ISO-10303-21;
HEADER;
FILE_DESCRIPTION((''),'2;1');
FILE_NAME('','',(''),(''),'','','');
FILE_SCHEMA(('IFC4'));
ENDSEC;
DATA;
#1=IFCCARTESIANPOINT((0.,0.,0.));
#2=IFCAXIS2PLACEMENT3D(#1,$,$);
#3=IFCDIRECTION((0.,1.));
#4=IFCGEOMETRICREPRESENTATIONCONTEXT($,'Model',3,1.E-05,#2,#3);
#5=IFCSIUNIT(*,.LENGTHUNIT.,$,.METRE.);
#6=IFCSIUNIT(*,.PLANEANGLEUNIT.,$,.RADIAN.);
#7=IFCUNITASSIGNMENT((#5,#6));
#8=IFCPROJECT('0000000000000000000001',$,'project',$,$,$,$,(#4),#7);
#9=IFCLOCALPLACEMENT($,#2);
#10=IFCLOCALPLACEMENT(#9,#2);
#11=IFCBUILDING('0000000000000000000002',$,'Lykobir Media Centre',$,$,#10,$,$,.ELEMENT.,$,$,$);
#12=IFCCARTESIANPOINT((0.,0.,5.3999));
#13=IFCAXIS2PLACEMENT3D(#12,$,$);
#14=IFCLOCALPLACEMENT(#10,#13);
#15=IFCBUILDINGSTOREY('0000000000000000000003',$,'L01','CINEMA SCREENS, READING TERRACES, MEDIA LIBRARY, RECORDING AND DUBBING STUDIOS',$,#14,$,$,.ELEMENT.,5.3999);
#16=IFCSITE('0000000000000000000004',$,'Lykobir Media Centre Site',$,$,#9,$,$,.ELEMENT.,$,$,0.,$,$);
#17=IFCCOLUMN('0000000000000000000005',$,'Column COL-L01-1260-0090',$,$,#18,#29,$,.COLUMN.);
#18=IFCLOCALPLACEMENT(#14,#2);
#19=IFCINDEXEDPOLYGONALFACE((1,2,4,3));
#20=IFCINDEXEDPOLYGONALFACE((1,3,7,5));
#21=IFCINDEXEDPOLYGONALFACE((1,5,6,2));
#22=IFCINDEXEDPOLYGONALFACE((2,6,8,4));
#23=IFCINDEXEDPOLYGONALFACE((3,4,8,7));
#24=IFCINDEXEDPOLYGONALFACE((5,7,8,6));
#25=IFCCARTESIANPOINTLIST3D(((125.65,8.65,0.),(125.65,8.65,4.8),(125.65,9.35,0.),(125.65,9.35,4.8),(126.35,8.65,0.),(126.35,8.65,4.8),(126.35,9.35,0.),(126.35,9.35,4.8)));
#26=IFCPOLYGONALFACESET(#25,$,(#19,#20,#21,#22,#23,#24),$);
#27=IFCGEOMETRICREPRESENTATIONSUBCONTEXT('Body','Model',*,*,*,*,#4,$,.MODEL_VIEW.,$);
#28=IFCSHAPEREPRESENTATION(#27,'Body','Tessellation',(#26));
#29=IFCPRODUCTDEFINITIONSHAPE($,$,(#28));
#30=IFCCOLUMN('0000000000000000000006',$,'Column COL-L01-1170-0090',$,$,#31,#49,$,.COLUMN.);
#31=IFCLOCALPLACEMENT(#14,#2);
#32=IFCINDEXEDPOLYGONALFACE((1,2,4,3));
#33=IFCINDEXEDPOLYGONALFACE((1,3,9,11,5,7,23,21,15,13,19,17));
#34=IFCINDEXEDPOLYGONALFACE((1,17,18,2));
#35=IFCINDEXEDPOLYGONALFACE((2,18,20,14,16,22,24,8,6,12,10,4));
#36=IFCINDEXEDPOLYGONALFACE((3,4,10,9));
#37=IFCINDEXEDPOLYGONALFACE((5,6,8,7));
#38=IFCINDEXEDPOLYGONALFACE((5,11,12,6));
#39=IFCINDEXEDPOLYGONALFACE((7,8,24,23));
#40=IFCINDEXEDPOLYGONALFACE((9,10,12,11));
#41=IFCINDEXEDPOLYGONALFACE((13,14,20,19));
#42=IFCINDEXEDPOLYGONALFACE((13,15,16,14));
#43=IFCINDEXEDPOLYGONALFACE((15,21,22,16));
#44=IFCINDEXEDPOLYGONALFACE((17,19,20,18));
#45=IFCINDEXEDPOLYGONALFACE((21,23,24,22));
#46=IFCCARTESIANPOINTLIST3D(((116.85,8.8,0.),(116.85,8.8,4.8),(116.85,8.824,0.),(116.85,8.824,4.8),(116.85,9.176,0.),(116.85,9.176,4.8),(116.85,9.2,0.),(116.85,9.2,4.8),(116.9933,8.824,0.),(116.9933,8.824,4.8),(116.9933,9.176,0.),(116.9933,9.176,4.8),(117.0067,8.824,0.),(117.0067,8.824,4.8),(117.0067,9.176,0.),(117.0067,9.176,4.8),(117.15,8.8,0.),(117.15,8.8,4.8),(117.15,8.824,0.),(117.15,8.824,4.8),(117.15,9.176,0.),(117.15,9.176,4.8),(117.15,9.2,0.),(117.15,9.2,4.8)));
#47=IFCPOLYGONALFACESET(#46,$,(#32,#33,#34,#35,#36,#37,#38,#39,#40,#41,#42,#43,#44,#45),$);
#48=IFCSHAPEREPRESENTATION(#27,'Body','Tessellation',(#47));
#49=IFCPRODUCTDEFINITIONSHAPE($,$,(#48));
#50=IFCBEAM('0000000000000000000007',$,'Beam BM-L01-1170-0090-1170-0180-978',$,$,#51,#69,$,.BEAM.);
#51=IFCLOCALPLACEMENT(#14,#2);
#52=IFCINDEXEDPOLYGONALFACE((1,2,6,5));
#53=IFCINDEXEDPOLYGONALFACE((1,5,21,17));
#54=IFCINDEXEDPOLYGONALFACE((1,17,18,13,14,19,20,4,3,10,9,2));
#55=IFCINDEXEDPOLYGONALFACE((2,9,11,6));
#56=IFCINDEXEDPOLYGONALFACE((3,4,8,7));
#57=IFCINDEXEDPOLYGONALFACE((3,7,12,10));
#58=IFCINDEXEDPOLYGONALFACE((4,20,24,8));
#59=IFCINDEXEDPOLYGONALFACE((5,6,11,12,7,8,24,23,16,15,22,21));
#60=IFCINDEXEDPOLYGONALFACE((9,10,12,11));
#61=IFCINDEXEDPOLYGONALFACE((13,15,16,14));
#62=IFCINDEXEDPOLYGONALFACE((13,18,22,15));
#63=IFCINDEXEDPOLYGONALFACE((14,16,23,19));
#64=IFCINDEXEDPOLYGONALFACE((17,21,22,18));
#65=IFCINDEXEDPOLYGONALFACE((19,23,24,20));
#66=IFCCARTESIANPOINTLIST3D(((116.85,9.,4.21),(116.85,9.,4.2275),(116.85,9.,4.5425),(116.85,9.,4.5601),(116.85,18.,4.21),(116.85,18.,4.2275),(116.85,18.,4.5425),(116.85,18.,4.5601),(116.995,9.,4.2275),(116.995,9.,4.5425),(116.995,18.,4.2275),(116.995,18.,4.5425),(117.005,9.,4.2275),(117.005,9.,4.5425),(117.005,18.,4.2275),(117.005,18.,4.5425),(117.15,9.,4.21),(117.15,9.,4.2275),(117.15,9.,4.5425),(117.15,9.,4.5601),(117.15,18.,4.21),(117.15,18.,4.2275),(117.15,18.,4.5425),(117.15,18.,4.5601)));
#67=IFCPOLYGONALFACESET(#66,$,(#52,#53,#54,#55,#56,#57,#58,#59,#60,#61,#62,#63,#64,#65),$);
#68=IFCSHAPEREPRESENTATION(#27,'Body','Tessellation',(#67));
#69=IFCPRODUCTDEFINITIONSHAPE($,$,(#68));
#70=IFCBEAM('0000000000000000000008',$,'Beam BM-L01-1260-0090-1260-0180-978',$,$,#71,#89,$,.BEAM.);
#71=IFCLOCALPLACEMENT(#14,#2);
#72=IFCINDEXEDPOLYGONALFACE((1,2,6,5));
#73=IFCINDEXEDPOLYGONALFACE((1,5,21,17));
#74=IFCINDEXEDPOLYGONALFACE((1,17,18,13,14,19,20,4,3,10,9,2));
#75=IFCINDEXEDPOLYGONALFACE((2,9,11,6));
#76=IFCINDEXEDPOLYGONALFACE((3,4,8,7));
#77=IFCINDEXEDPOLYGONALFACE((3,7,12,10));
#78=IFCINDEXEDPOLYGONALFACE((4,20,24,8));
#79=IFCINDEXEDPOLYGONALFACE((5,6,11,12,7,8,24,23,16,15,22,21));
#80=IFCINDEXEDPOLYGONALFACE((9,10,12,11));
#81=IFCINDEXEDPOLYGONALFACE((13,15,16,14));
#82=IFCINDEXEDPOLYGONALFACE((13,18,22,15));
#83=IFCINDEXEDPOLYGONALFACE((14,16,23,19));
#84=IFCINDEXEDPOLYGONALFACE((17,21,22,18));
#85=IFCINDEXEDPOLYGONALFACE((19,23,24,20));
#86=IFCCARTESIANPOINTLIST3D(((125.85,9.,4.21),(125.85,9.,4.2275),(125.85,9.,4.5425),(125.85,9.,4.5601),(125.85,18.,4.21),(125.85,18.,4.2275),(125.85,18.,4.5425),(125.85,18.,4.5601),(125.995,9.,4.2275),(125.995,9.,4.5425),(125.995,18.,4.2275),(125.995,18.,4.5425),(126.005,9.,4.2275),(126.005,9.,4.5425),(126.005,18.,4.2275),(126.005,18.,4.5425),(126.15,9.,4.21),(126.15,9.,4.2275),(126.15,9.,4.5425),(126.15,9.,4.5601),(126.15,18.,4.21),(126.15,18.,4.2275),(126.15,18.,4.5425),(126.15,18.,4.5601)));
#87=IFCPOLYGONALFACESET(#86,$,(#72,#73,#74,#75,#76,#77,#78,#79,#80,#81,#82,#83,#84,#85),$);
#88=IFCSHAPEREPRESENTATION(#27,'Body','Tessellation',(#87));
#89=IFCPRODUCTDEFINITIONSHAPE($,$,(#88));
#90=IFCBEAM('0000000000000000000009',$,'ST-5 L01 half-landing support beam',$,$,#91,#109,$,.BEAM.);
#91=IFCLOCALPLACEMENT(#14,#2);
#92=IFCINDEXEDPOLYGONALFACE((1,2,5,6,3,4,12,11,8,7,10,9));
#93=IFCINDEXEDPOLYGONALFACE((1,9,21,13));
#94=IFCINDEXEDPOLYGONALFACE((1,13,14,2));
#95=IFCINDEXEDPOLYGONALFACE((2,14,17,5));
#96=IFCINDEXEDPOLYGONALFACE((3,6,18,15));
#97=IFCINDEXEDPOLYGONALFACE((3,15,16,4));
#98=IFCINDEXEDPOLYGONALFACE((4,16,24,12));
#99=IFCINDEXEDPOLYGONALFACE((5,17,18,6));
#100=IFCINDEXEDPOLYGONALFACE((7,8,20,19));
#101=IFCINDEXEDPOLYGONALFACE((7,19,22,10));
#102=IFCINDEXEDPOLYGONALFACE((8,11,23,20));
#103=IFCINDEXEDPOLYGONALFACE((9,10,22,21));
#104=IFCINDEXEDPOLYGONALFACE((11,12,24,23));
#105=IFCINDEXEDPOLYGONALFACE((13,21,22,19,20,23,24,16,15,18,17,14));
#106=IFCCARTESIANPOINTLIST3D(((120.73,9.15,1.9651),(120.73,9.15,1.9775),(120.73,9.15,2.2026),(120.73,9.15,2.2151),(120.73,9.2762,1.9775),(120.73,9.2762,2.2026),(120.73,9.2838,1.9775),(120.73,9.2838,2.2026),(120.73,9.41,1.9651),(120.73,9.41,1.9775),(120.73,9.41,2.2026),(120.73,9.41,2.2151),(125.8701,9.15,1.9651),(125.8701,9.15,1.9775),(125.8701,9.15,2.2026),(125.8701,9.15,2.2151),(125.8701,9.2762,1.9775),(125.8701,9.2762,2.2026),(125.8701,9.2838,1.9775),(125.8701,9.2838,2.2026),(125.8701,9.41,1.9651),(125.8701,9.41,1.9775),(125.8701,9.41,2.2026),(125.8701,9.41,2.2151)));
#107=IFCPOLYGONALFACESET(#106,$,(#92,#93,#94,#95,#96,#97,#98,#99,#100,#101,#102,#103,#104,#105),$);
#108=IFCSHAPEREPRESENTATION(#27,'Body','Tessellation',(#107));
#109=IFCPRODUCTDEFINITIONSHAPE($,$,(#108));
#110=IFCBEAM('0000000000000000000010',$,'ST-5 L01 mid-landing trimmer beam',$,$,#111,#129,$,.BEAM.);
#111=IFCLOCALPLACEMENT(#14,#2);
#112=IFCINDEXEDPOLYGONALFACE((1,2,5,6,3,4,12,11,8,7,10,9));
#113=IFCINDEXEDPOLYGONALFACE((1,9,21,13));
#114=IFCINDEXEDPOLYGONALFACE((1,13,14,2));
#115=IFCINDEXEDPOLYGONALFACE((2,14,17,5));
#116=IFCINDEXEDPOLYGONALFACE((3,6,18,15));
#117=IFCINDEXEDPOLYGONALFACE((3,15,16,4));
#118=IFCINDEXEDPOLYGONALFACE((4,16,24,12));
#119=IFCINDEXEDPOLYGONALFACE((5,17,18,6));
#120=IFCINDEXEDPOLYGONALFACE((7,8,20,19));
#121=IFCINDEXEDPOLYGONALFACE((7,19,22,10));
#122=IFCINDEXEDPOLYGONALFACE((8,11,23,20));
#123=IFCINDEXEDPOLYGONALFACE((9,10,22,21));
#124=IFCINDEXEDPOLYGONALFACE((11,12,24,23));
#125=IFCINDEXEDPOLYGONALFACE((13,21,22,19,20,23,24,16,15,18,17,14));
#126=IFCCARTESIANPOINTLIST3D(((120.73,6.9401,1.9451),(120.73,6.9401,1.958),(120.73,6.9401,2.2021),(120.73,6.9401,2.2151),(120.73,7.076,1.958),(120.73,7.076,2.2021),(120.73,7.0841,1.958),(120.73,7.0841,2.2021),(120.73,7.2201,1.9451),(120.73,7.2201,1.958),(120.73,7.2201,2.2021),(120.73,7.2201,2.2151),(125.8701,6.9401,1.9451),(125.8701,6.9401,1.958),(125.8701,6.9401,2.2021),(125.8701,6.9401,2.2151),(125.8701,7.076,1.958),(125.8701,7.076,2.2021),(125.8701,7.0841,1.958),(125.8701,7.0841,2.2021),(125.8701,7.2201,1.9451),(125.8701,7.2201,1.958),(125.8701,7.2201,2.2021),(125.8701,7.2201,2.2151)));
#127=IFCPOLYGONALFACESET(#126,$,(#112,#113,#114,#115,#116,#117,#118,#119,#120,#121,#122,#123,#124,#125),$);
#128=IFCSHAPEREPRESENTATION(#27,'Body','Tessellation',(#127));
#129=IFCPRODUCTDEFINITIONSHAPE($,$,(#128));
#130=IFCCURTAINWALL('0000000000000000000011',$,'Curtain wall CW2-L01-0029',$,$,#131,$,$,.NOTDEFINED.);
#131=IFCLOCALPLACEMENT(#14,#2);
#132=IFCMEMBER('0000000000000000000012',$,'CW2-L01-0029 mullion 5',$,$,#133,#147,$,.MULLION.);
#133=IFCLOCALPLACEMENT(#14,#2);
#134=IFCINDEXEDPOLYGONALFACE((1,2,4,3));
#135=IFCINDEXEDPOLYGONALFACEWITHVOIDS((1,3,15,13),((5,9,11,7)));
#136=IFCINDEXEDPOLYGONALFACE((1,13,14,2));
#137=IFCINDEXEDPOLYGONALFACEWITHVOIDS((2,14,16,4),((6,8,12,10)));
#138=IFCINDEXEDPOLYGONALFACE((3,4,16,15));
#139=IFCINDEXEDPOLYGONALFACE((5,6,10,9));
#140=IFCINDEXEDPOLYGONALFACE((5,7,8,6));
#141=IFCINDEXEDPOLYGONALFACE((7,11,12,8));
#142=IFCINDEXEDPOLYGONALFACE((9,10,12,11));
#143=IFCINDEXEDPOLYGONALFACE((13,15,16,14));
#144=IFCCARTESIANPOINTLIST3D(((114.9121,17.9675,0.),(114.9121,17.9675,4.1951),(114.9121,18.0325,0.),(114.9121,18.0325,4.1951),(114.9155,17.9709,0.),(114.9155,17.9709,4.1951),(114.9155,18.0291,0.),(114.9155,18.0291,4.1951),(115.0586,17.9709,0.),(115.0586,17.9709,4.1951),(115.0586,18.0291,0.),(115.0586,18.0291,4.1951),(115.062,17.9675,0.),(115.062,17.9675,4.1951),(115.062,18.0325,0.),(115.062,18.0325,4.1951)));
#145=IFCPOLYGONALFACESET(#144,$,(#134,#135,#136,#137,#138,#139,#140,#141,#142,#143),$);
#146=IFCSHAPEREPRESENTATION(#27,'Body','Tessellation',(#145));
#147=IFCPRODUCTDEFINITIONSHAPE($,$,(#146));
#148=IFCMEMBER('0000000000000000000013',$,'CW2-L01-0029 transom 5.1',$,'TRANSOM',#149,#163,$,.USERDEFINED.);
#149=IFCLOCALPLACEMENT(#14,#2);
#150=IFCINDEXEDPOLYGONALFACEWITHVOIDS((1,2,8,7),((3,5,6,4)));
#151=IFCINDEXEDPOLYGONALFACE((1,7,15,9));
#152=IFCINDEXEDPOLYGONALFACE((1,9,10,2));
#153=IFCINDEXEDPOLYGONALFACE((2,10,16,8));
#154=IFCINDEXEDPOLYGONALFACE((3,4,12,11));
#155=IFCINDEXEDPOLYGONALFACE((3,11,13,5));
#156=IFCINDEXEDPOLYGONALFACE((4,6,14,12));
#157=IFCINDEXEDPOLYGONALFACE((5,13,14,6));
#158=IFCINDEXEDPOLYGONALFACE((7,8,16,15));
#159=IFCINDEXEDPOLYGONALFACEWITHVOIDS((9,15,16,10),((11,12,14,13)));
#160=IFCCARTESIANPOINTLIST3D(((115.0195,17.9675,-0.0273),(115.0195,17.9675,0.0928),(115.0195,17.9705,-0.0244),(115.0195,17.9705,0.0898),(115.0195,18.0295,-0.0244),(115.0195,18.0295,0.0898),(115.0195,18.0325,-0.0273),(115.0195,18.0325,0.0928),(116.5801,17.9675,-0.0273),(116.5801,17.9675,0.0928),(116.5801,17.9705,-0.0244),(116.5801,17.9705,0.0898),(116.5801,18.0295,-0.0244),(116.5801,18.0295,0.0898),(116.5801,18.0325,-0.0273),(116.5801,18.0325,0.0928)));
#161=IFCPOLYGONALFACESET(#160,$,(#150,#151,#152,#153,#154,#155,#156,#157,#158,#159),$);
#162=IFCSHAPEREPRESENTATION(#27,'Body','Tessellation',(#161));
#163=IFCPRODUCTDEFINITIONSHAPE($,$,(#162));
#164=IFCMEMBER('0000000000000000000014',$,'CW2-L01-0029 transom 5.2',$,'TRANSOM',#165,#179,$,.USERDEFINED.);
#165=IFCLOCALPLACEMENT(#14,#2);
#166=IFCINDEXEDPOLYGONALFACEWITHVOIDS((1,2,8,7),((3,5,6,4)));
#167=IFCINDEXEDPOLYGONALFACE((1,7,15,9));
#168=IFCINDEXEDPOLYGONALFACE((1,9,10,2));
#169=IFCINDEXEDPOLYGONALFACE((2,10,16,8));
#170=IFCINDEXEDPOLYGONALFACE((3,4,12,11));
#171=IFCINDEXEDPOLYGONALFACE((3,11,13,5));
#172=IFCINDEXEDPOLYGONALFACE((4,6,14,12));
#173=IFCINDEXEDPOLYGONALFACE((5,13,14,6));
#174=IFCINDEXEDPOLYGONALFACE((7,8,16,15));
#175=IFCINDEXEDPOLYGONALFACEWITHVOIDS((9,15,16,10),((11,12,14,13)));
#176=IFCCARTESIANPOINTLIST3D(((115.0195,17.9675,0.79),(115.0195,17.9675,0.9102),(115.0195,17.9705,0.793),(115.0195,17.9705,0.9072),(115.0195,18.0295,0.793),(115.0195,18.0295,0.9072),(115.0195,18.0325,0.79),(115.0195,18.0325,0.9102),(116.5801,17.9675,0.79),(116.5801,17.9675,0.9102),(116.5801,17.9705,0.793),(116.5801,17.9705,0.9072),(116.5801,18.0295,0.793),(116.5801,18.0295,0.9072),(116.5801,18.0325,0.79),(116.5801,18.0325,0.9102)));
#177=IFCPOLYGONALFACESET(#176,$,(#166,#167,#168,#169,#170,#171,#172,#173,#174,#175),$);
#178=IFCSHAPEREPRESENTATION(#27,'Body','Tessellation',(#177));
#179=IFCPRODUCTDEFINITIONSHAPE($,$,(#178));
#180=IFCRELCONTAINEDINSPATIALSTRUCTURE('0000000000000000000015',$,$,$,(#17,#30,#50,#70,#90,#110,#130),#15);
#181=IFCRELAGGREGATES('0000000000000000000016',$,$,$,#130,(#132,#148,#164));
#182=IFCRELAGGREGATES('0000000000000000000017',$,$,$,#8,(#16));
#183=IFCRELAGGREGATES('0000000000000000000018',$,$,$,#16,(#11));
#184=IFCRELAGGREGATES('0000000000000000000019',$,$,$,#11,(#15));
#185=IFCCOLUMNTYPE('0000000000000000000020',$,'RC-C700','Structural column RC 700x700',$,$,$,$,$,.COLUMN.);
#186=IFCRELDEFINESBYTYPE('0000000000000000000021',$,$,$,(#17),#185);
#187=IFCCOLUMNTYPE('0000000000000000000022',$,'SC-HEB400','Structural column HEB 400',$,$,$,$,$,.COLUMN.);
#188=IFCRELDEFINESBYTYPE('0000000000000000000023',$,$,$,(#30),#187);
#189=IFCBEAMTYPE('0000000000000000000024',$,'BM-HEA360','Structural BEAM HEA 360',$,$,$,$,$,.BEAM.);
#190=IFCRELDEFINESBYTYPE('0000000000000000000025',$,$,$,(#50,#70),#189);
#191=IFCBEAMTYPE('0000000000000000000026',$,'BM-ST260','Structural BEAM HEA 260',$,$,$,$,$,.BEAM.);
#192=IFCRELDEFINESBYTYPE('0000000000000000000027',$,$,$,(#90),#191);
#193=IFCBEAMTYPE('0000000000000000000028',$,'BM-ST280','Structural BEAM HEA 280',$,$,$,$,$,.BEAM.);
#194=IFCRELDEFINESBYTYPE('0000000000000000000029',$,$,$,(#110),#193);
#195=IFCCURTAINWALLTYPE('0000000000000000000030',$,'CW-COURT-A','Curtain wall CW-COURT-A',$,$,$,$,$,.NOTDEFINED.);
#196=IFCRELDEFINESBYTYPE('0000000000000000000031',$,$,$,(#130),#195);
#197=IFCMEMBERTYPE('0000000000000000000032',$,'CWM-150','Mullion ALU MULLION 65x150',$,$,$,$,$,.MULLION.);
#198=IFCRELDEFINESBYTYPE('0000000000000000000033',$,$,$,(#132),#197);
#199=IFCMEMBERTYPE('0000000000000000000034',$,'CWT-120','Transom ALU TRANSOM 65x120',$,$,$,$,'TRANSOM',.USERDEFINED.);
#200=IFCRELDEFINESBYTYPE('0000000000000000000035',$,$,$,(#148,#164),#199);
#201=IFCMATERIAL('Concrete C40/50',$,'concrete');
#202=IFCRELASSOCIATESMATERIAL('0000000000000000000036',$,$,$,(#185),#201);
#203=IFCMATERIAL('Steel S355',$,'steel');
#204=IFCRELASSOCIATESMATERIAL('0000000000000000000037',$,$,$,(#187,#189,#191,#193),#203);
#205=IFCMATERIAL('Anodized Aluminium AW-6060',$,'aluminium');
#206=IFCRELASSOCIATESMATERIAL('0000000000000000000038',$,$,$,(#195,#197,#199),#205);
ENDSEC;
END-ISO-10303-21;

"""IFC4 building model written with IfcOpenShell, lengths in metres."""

from ifc_helpers import new_model, si_unit, direction, frame, origin, origin_2d, place, context, subcontext, project, spatial, rectangle, hollow_rectangle, i_section, extrude, material, material_profile, profile_set, type_object, element, aggregate, save


model = new_model("IFC4")

# Units and contexts
model_context = context("Model", 3, precision=1e-05, world=origin(), true_north=direction((0.0, 1.0)))
body_context = subcontext(model_context, "Body", "Model", "MODEL_VIEW")
ifc_project = project(units=[si_unit("LENGTHUNIT", "METRE"), si_unit("PLANEANGLEUNIT", "RADIAN")], contexts=[model_context])

# Site, building, storey
site_placement = place(None, origin())
site = spatial("IfcSite", under=ifc_project, at=site_placement, Name="Lykobir Media Centre Site", CompositionType="ELEMENT", RefElevation=0.0)
building_placement = place(site_placement, origin())
building = spatial("IfcBuilding", under=site, at=building_placement, Name="Lykobir Media Centre", CompositionType="ELEMENT")
storey_placement = place(building_placement, frame((0.0, 0.0, 5.3999)))
storey = spatial("IfcBuildingStorey", under=building, at=storey_placement, Name="L01", Description="CINEMA SCREENS, READING TERRACES, MEDIA LIBRARY, RECORDING AND DUBBING STUDIOS", CompositionType="ELEMENT", Elevation=5.3999)

# Columns
ifc_material_1 = material(Name="Concrete C40/50", Category="concrete")
ifc_material_profile_1 = material_profile(ifc_material_1, rectangle(XDim=0.7, YDim=0.7, at=origin_2d()), Name="RC 700x700")
ifc_profile_set_1 = profile_set([ifc_material_profile_1], Name="Concrete C40/50")
column_type_1 = type_object("IfcColumnType", Name="RC-C700", Description="Structural column RC 700x700", PredefinedType="COLUMN", material=ifc_profile_set_1)
column_1_placement = place(storey_placement, frame((126.0, 9.0, 0.0), z_axis=(0.0, 0.0, 1.0), x_axis=(1.0, 0.0, 0.0)))
element("IfcColumn", 1, at=column_1_placement, inside=storey, type_object=column_type_1, Name="Column COL-L01-1260-0090", PredefinedType="COLUMN", context=body_context, shape_type="SweptSolid", body=[
    extrude(rectangle(XDim=0.7, YDim=0.7, at=origin_2d()), origin(), (0.0, 0.0, 1.0), 4.8),
])
ifc_material_2 = material(Name="Steel S355", Category="steel")
ifc_material_profile_2 = material_profile(ifc_material_2, i_section(OverallWidth=0.3, OverallDepth=0.3999, WebThickness=0.0134, FlangeThickness=0.0239, at=origin_2d()), Name="HEB 400")
ifc_profile_set_2 = profile_set([ifc_material_profile_2], Name="Steel S355")
column_type_2 = type_object("IfcColumnType", Name="SC-HEB400", Description="Structural column HEB 400", PredefinedType="COLUMN", material=ifc_profile_set_2)
column_2_placement = place(storey_placement, frame((117.0, 9.0, 0.0), z_axis=(0.0, 0.0, 1.0), x_axis=(1.0, 0.0, 0.0)))
element("IfcColumn", 2, at=column_2_placement, inside=storey, type_object=column_type_2, Name="Column COL-L01-1170-0090", PredefinedType="COLUMN", context=body_context, shape_type="SweptSolid", body=[
    extrude(i_section(OverallWidth=0.3, OverallDepth=0.3999, WebThickness=0.0134, FlangeThickness=0.0239, at=origin_2d()), origin(), (0.0, 0.0, 1.0), 4.8),
])

# Beams
ifc_material_profile_3 = material_profile(ifc_material_2, i_section(OverallWidth=0.3, OverallDepth=0.3501, WebThickness=0.01, FlangeThickness=0.0176, at=origin_2d()), Name="HEA 360")
ifc_profile_set_3 = profile_set([ifc_material_profile_3], Name="Steel S355")
beam_type_1 = type_object("IfcBeamType", Name="BM-HEA360", Description="Structural BEAM HEA 360", PredefinedType="BEAM", material=ifc_profile_set_3)
for number, where, z_axis, x_axis, name in (
    (3, (117.0, 9.0, 4.385), (0.0, 1.0, 0.0), (-1.0, 0.0, 0.0), "Beam BM-L01-1170-0090-1170-0180-978"),
    (4, (126.0, 9.0, 4.385), (0.0, 1.0, 0.0), (-1.0, 0.0, 0.0), "Beam BM-L01-1260-0090-1260-0180-978"),
):
    element("IfcBeam", number, at=place(storey_placement, frame(where, z_axis=z_axis, x_axis=x_axis)), inside=storey, type_object=beam_type_1, Name=name, PredefinedType="BEAM", context=body_context, shape_type="SweptSolid", body=[
        extrude(i_section(OverallWidth=0.3, OverallDepth=0.3501, WebThickness=0.01, FlangeThickness=0.0176, at=origin_2d()), origin(), (0.0, 0.0, 1.0), 9.0),
    ])
ifc_material_profile_4 = material_profile(ifc_material_2, i_section(OverallWidth=0.26, OverallDepth=0.25, WebThickness=0.0076, FlangeThickness=0.0125, at=origin_2d()), Name="HEA 260")
ifc_profile_set_4 = profile_set([ifc_material_profile_4], Name="Steel S355")
beam_type_2 = type_object("IfcBeamType", Name="BM-ST260", Description="Structural BEAM HEA 260", PredefinedType="BEAM", material=ifc_profile_set_4)
beam_1_placement = place(storey_placement, frame((120.73, 9.28, 2.0901), z_axis=(1.0, 0.0, 0.0), x_axis=(0.0, 1.0, 0.0)))
element("IfcBeam", 5, at=beam_1_placement, inside=storey, type_object=beam_type_2, Name="ST-5 L01 half-landing support beam", PredefinedType="BEAM", context=body_context, shape_type="SweptSolid", body=[
    extrude(i_section(OverallWidth=0.26, OverallDepth=0.25, WebThickness=0.0076, FlangeThickness=0.0125, at=origin_2d()), origin(), (0.0, 0.0, 1.0), 5.1401),
])
ifc_material_profile_5 = material_profile(ifc_material_2, i_section(OverallWidth=0.28, OverallDepth=0.27, WebThickness=0.0081, FlangeThickness=0.0129, at=origin_2d()), Name="HEA 280")
ifc_profile_set_5 = profile_set([ifc_material_profile_5], Name="Steel S355")
beam_type_3 = type_object("IfcBeamType", Name="BM-ST280", Description="Structural BEAM HEA 280", PredefinedType="BEAM", material=ifc_profile_set_5)
beam_2_placement = place(storey_placement, frame((120.73, 7.0801, 2.0801), z_axis=(1.0, 0.0, 0.0), x_axis=(0.0, 1.0, 0.0)))
element("IfcBeam", 6, at=beam_2_placement, inside=storey, type_object=beam_type_3, Name="ST-5 L01 mid-landing trimmer beam", PredefinedType="BEAM", context=body_context, shape_type="SweptSolid", body=[
    extrude(i_section(OverallWidth=0.28, OverallDepth=0.27, WebThickness=0.0081, FlangeThickness=0.0129, at=origin_2d()), origin(), (0.0, 0.0, 1.0), 5.1401),
])

# Curtain wall, members
ifc_material_3 = material(Name="Anodized Aluminium AW-6060", Category="aluminium")
curtain_wall_type = type_object("IfcCurtainWallType", Name="CW-COURT-A", Description="Curtain wall CW-COURT-A", PredefinedType="NOTDEFINED", material=ifc_material_3)
curtain_wall_placement = place(storey_placement, origin())
curtain_wall = element("IfcCurtainWall", 7, at=curtain_wall_placement, inside=storey, type_object=curtain_wall_type, Name="Curtain wall CW2-L01-0029", PredefinedType="NOTDEFINED")
ifc_material_profile_6 = material_profile(ifc_material_3, hollow_rectangle(XDim=0.0649, YDim=0.1499, WallThickness=0.0034, at=origin_2d()), Name="ALU MULLION 65x150")
ifc_profile_set_6 = profile_set([ifc_material_profile_6], Name="Anodized Aluminium AW-6060")
member_type_1 = type_object("IfcMemberType", Name="CWM-150", Description="Mullion ALU MULLION 65x150", PredefinedType="MULLION", material=ifc_profile_set_6)
member_1_placement = place(storey_placement, frame((114.9871, 18.0, 0.0), z_axis=(0.0, 0.0, 1.0), x_axis=(0.0, 1.0, 0.0)))
member_1 = element("IfcMember", 8, at=member_1_placement, type_object=member_type_1, Name="CW2-L01-0029 mullion 5", PredefinedType="MULLION", context=body_context, shape_type="SweptSolid", body=[
    extrude(hollow_rectangle(XDim=0.0649, YDim=0.1499, WallThickness=0.0034, at=origin_2d()), origin(), (0.0, 0.0, 1.0), 4.1951),
])
ifc_material_profile_7 = material_profile(ifc_material_3, hollow_rectangle(XDim=0.0649, YDim=0.1201, WallThickness=0.0029, at=origin_2d()), Name="ALU TRANSOM 65x120")
ifc_profile_set_7 = profile_set([ifc_material_profile_7], Name="Anodized Aluminium AW-6060")
member_type_2 = type_object("IfcMemberType", Name="CWT-120", Description="Transom ALU TRANSOM 65x120", ElementType="TRANSOM", PredefinedType="USERDEFINED", material=ifc_profile_set_7)
member_2_placement = place(storey_placement, frame((115.0195, 18.0, 0.0327), z_axis=(1.0, 0.0, 0.0), x_axis=(0.0, 1.0, 0.0)))
member_2 = element("IfcMember", 9, at=member_2_placement, type_object=member_type_2, Name="CW2-L01-0029 transom 5.1", ObjectType="TRANSOM", PredefinedType="USERDEFINED", context=body_context, shape_type="SweptSolid", body=[
    extrude(hollow_rectangle(XDim=0.0649, YDim=0.1201, WallThickness=0.0029, at=origin_2d()), origin(), (0.0, 0.0, 1.0), 1.5605),
])
member_3_placement = place(storey_placement, frame((115.0195, 18.0, 0.8501), z_axis=(1.0, 0.0, 0.0), x_axis=(0.0, 1.0, 0.0)))
member_3 = element("IfcMember", 10, at=member_3_placement, type_object=member_type_2, Name="CW2-L01-0029 transom 5.2", ObjectType="TRANSOM", PredefinedType="USERDEFINED", context=body_context, shape_type="SweptSolid", body=[
    extrude(hollow_rectangle(XDim=0.0649, YDim=0.1201, WallThickness=0.0029, at=origin_2d()), origin(), (0.0, 0.0, 1.0), 1.5605),
])
aggregate(curtain_wall, [member_1, member_2, member_3])

save(model, "model.ifc")
